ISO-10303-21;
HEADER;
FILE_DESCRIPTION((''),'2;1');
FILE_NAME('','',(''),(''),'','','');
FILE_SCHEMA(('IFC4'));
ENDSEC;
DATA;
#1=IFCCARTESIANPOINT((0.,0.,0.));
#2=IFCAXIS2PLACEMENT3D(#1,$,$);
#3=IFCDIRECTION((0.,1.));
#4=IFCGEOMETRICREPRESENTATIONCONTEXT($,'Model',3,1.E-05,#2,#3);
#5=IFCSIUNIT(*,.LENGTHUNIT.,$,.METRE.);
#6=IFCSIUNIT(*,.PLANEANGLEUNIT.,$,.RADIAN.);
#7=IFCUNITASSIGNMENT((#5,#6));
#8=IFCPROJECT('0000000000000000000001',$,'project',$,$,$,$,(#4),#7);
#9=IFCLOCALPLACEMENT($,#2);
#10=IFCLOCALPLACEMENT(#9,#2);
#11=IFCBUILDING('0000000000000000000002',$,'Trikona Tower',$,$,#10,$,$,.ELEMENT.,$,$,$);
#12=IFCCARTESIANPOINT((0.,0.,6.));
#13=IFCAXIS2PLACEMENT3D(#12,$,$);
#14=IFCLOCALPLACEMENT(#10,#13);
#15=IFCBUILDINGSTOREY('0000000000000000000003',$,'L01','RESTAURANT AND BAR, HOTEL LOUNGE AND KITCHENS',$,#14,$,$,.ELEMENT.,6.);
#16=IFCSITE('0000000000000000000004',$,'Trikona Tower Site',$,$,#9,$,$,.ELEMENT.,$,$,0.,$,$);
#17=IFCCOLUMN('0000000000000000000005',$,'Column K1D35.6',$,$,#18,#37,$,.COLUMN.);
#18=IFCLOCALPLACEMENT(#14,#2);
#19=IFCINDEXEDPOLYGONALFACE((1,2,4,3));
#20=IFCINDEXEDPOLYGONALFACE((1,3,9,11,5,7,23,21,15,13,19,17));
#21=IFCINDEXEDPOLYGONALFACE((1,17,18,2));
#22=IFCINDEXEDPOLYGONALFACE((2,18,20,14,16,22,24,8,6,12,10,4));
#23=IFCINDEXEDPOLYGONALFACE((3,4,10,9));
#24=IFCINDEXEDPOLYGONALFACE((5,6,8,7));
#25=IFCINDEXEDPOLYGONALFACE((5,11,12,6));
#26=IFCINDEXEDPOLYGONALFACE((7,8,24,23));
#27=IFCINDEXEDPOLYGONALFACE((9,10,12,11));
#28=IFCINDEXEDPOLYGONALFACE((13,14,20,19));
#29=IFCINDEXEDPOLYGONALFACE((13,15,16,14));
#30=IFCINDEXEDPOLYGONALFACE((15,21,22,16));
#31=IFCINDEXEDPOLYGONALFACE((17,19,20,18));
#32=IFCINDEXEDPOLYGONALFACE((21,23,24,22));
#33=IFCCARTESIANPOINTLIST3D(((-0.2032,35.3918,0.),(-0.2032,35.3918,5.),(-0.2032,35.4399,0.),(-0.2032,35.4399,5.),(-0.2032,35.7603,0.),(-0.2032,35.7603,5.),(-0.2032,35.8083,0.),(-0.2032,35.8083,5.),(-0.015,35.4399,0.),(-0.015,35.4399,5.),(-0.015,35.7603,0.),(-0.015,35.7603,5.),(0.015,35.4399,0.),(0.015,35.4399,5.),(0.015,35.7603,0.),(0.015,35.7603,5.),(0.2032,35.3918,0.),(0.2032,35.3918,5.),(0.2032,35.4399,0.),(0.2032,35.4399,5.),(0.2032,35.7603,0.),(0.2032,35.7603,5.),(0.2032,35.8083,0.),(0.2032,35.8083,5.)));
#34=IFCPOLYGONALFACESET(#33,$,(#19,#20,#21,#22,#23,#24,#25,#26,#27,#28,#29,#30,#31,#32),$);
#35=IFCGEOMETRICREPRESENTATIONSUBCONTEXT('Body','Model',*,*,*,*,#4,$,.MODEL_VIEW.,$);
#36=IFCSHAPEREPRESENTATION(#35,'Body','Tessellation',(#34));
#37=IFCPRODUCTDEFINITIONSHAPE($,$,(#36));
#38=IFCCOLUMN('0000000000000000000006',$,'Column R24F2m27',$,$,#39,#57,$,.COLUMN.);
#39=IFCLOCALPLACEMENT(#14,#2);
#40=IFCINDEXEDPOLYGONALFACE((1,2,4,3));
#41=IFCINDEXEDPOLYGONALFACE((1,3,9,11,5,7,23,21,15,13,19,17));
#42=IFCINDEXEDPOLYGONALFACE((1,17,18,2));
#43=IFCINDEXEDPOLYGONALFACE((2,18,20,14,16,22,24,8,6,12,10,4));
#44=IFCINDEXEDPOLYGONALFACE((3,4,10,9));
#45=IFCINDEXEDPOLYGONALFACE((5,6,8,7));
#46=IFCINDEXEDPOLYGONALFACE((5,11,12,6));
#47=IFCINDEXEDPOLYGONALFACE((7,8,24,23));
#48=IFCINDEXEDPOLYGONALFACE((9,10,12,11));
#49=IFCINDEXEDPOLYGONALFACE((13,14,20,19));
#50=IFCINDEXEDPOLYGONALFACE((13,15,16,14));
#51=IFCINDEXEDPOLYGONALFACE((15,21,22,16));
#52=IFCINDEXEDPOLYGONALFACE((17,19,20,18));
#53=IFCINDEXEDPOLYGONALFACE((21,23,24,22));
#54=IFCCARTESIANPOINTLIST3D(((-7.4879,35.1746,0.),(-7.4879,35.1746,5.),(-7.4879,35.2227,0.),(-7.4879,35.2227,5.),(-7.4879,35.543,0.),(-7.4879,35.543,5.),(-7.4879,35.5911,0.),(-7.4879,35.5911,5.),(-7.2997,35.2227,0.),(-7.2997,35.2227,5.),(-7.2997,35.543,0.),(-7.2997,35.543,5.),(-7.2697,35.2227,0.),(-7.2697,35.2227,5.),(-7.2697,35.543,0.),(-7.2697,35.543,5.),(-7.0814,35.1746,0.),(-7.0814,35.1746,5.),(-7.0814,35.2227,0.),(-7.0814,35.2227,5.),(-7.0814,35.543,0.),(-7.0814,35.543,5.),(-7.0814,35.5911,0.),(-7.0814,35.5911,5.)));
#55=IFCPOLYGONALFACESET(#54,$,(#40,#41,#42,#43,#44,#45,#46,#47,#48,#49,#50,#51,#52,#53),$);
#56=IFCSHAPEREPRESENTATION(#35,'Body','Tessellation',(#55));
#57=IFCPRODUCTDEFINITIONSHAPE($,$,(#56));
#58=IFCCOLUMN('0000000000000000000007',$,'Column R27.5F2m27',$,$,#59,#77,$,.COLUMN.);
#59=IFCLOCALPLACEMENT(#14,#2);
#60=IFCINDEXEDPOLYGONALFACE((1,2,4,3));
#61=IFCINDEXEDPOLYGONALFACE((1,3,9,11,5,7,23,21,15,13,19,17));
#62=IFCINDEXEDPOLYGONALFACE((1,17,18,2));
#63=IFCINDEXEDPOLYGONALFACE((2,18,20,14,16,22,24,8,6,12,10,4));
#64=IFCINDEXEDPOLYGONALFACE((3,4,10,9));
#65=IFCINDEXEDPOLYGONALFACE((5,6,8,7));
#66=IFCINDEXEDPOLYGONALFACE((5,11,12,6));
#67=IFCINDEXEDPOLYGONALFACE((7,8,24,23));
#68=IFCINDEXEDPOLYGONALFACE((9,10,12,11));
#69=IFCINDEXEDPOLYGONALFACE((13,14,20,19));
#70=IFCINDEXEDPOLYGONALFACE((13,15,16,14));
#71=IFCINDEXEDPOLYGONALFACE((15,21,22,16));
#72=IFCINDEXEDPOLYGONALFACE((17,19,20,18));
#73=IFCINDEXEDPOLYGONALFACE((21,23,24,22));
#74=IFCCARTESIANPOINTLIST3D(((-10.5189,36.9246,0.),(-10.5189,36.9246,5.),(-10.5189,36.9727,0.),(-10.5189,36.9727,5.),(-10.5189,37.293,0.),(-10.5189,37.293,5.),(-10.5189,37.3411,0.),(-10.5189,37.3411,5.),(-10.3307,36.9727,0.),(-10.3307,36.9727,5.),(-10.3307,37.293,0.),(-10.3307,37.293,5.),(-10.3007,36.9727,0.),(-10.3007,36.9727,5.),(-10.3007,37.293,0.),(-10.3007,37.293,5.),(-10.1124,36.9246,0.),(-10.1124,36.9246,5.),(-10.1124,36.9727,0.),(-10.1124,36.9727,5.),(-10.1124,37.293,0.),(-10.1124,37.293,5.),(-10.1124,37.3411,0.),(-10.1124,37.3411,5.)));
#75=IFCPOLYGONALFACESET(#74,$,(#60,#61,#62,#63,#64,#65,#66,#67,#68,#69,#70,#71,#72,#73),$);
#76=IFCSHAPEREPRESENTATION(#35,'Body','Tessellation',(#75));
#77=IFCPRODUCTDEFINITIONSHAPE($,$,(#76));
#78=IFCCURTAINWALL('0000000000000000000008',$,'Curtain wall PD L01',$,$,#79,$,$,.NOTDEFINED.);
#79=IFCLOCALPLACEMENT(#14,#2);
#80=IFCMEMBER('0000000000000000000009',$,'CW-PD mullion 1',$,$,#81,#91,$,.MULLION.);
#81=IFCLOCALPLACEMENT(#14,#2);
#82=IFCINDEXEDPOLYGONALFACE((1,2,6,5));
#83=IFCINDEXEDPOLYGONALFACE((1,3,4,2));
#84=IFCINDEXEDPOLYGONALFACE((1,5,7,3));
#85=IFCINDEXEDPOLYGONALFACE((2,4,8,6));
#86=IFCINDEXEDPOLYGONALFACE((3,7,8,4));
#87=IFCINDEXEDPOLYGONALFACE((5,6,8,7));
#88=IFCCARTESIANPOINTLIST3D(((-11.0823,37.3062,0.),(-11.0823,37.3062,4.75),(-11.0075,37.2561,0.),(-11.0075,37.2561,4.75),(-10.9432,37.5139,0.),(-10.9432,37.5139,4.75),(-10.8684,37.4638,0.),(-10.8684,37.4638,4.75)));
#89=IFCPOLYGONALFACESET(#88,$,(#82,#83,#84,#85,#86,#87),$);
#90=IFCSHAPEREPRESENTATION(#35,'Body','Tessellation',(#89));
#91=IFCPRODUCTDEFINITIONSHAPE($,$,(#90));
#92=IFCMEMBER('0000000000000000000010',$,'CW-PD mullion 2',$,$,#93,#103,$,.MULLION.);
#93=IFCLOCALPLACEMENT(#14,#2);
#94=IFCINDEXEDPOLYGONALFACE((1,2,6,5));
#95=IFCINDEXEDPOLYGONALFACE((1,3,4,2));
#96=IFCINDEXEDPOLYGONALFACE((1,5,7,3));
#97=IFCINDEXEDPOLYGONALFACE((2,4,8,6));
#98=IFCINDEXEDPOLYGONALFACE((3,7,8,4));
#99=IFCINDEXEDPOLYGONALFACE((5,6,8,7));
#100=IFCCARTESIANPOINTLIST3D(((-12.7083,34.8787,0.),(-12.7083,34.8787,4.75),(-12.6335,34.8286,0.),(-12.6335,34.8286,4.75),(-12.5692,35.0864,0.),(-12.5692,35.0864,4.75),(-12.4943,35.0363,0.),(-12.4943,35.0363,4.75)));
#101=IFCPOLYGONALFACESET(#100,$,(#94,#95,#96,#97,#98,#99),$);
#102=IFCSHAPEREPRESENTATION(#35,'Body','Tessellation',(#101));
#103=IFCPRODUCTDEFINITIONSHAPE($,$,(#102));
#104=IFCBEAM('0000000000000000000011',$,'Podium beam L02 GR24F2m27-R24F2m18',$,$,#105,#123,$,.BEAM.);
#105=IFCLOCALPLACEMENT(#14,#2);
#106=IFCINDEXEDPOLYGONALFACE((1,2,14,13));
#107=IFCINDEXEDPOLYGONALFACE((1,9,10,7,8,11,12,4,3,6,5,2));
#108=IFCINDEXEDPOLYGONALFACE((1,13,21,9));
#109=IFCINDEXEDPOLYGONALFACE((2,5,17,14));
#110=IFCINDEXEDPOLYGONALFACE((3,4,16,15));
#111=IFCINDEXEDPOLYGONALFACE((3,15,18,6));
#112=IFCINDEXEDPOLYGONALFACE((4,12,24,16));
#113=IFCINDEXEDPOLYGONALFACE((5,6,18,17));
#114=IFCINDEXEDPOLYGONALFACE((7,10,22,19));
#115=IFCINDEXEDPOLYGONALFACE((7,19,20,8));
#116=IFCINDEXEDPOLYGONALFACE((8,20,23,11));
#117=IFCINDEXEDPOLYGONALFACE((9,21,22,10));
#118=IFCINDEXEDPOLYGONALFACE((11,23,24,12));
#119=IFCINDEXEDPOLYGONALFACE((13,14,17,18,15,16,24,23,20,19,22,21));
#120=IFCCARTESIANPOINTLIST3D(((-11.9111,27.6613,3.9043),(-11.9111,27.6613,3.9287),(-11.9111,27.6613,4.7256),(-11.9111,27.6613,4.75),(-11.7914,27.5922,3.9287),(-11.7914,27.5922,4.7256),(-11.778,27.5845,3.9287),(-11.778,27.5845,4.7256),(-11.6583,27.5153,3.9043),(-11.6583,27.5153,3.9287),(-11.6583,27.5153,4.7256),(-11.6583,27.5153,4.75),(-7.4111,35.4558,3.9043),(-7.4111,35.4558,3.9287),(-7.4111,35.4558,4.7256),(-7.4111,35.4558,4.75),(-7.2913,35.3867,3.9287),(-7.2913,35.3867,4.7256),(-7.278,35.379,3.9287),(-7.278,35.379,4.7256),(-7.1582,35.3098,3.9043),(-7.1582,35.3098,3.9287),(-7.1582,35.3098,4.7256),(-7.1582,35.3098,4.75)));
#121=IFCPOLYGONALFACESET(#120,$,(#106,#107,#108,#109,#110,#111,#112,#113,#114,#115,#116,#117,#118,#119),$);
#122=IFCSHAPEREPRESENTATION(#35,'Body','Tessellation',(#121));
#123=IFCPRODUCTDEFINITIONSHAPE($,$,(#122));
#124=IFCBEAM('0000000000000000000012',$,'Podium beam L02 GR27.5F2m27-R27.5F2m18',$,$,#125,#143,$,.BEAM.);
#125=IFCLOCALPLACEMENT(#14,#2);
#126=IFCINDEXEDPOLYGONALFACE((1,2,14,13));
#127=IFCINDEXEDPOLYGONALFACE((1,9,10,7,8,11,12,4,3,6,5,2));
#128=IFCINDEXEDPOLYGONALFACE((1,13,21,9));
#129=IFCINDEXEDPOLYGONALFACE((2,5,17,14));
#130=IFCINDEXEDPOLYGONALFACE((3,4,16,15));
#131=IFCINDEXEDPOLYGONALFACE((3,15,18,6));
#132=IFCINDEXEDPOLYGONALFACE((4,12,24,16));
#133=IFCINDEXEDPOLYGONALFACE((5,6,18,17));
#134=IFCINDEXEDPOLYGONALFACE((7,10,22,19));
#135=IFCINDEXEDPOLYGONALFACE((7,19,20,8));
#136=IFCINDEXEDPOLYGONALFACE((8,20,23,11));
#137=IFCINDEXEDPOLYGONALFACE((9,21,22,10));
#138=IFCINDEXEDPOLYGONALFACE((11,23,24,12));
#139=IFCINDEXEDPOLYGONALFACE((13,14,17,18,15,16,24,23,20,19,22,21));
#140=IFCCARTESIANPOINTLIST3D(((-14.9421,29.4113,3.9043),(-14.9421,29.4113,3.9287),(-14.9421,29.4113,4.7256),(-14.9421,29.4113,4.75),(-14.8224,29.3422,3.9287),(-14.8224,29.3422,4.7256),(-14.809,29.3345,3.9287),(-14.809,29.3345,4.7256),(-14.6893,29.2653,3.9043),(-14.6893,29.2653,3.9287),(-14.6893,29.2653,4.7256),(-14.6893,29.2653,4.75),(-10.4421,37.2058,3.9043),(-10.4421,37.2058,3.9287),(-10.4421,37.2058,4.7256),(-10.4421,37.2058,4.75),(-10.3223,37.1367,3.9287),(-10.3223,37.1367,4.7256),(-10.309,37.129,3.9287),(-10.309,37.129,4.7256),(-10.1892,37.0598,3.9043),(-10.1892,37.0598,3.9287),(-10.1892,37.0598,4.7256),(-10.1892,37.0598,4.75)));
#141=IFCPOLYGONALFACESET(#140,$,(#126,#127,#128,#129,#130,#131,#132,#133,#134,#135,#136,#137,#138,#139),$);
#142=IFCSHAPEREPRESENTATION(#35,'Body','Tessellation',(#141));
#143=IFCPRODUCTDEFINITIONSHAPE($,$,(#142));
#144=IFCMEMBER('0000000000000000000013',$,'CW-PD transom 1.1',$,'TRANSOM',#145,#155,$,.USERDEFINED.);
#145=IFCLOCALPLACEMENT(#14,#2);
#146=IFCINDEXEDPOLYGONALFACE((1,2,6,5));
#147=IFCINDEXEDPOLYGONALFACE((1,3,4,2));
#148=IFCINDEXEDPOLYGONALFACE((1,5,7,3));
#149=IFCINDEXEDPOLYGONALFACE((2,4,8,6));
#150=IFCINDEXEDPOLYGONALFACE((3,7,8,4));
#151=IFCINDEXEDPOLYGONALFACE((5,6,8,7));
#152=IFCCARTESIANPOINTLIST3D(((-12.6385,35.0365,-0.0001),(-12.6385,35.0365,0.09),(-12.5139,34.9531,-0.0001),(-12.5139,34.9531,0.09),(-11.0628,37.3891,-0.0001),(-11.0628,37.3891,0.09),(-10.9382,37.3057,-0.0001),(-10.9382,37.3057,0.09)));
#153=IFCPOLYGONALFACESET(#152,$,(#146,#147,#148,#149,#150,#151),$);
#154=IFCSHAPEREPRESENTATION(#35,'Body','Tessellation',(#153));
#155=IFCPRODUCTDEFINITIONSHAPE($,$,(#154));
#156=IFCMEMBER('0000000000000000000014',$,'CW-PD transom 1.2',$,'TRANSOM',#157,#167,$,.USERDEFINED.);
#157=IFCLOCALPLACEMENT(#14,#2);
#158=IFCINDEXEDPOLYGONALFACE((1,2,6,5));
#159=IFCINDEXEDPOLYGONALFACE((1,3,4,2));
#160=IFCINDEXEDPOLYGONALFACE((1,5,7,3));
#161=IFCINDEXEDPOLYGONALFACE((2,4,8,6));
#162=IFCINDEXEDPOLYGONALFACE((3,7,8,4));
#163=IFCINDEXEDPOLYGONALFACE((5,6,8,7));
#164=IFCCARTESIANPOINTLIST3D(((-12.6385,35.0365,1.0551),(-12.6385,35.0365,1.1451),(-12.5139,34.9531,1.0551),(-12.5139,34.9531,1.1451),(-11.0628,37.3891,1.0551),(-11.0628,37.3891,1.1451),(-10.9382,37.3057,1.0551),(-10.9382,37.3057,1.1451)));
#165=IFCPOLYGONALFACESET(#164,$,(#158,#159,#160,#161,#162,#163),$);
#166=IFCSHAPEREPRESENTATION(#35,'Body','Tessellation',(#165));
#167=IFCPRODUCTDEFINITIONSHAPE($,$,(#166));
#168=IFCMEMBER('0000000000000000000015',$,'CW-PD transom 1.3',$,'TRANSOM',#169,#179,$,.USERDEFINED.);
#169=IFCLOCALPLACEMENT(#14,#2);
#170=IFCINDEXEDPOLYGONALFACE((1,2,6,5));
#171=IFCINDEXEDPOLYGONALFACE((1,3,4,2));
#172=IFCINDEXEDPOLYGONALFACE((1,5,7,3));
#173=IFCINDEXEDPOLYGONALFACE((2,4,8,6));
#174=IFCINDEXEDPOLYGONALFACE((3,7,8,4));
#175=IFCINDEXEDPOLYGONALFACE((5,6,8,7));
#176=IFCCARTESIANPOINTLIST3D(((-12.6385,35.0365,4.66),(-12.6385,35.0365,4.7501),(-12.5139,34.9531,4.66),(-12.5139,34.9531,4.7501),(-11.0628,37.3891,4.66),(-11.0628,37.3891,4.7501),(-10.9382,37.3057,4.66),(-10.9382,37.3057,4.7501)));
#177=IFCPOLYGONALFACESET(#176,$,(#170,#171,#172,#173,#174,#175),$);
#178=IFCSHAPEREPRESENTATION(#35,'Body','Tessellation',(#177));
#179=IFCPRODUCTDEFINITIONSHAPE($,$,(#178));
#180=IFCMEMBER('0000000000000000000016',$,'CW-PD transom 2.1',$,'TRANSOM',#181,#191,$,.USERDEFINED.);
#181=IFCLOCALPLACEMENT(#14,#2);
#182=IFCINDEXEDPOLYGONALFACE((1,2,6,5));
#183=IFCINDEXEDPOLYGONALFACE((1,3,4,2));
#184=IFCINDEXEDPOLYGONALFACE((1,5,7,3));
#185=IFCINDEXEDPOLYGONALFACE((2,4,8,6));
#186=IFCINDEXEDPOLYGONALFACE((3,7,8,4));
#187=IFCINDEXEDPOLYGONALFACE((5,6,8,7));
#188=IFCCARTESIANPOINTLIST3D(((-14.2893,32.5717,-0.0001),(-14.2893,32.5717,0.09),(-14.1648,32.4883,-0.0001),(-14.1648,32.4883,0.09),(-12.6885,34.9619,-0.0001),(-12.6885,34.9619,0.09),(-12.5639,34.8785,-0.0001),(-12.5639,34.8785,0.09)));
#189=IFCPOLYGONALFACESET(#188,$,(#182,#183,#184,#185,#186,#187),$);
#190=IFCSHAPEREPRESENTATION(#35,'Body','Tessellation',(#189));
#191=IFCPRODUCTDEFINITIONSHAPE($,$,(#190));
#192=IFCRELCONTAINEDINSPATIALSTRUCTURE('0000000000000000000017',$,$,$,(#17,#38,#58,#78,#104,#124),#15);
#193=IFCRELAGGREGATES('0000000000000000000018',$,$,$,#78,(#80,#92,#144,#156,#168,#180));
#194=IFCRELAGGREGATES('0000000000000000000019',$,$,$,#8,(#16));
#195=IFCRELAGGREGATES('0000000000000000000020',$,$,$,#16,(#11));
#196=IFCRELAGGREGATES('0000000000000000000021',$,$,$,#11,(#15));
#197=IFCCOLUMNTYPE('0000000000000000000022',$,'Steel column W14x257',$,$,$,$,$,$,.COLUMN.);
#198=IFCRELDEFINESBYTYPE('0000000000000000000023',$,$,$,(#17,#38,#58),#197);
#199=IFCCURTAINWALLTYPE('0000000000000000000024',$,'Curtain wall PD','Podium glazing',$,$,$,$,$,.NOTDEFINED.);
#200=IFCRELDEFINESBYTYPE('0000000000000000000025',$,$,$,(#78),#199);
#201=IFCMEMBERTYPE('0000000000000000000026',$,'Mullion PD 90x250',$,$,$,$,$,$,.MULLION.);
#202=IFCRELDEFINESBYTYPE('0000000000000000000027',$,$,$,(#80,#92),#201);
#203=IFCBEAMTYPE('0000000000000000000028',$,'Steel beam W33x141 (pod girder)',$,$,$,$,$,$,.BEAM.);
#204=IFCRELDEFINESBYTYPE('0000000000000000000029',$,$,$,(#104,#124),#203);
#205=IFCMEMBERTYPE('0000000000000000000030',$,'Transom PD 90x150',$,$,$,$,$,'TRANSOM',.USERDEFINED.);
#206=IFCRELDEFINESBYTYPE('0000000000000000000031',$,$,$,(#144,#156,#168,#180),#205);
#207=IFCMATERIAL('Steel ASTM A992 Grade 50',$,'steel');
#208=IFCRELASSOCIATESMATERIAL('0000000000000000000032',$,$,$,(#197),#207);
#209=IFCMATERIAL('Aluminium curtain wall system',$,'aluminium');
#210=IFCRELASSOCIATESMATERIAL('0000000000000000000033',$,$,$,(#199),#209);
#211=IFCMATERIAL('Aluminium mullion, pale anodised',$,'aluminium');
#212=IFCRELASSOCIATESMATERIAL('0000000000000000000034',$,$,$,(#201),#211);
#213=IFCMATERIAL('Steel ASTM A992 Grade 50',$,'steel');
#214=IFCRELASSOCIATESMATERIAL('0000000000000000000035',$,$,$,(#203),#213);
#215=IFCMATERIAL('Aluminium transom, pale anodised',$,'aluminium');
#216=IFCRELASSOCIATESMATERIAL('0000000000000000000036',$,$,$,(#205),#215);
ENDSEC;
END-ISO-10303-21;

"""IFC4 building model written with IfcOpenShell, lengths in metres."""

from ifc_helpers import new_model, si_unit, direction, frame, origin, origin_2d, place, context, subcontext, project, spatial, rectangle, i_section, extrude, material, material_profile, profile_set, type_object, element, aggregate, save


model = new_model("IFC4")

# Units and contexts
model_context = context("Model", 3, precision=1e-05, world=origin(), true_north=direction((0.0, 1.0)))
body_context = subcontext(model_context, "Body", "Model", "MODEL_VIEW")
ifc_project = project(units=[si_unit("LENGTHUNIT", "METRE"), si_unit("PLANEANGLEUNIT", "RADIAN")], contexts=[model_context])

# Site, building, storey
site_placement = place(None, origin())
site = spatial("IfcSite", under=ifc_project, at=site_placement, Name="Trikona Tower Site", CompositionType="ELEMENT", RefElevation=0.0)
building_placement = place(site_placement, origin())
building = spatial("IfcBuilding", under=site, at=building_placement, Name="Trikona Tower", CompositionType="ELEMENT")
storey_placement = place(building_placement, frame((0.0, 0.0, 6.0)))
storey = spatial("IfcBuildingStorey", under=building, at=storey_placement, Name="L01", Description="RESTAURANT AND BAR, HOTEL LOUNGE AND KITCHENS", CompositionType="ELEMENT", Elevation=6.0)

# Columns
ifc_material_1 = material(Name="Steel ASTM A992 Grade 50", Category="steel")
ifc_material_profile_1 = material_profile(ifc_material_1, i_section(OverallWidth=0.4065, OverallDepth=0.4165, WebThickness=0.03, FlangeThickness=0.0481, at=origin_2d()), Name="W14X257")
ifc_profile_set_1 = profile_set([ifc_material_profile_1], Name="Steel ASTM A992 Grade 50")
column_type = type_object("IfcColumnType", Name="Steel column W14x257", PredefinedType="COLUMN", material=ifc_profile_set_1)
for number, where, z_axis, x_axis, name in (
    (1, (0.0, 35.6001, 0.0), (0.0, 0.0, 1.0), (1.0, 0.0, 0.0), "Column K1D35.6"),
    (2, (-7.2847, 35.3828, 0.0), (0.0, 0.0, 1.0), (1.0, 0.0, 0.0), "Column R24F2m27"),
    (3, (-10.3157, 37.1328, 0.0), (0.0, 0.0, 1.0), (1.0, 0.0, 0.0), "Column R27.5F2m27"),
):
    element("IfcColumn", number, at=place(storey_placement, frame(where, z_axis=z_axis, x_axis=x_axis)), inside=storey, type_object=column_type, Name=name, PredefinedType="COLUMN", context=body_context, shape_type="SweptSolid", body=[
        extrude(i_section(OverallWidth=0.4065, OverallDepth=0.4165, WebThickness=0.03, FlangeThickness=0.0481, at=origin_2d()), origin(), (0.0, 0.0, 1.0), 5.0),
    ])

# Curtain wall, members
ifc_material_2 = material(Name="Aluminium curtain wall system", Category="aluminium")
curtain_wall_type = type_object("IfcCurtainWallType", Name="Curtain wall PD", Description="Podium glazing", PredefinedType="NOTDEFINED", material=ifc_material_2)
curtain_wall_placement = place(storey_placement, origin())
curtain_wall = element("IfcCurtainWall", 4, at=curtain_wall_placement, inside=storey, type_object=curtain_wall_type, Name="Curtain wall PD L01", PredefinedType="NOTDEFINED")
ifc_material_3 = material(Name="Aluminium mullion, pale anodised", Category="aluminium")
ifc_material_profile_2 = material_profile(ifc_material_3, rectangle(XDim=0.0901, YDim=0.25, at=origin_2d()), Name="MUL-PD")
ifc_profile_set_2 = profile_set([ifc_material_profile_2], Name="Aluminium mullion, pale anodised")
member_type_1 = type_object("IfcMemberType", Name="Mullion PD 90x250", PredefinedType="MULLION", material=ifc_profile_set_2)
member_1_placement = place(storey_placement, frame((-10.9753, 37.385, 0.0), z_axis=(0.0, 0.0, 1.0), x_axis=(0.830852, -0.556493, 0.0)))
member_1 = element("IfcMember", 5, at=member_1_placement, type_object=member_type_1, Name="CW-PD mullion 1", PredefinedType="MULLION", context=body_context, shape_type="SweptSolid", body=[
    extrude(rectangle(XDim=0.0901, YDim=0.25, at=origin_2d()), origin(), (0.0, 0.0, 1.0), 4.75),
])
member_2_placement = place(storey_placement, frame((-12.6013, 34.9575, 0.0), z_axis=(0.0, 0.0, 1.0), x_axis=(0.830852, -0.556493, 0.0)))
member_2 = element("IfcMember", 6, at=member_2_placement, type_object=member_type_1, Name="CW-PD mullion 2", PredefinedType="MULLION", context=body_context, shape_type="SweptSolid", body=[
    extrude(rectangle(XDim=0.0901, YDim=0.25, at=origin_2d()), origin(), (0.0, 0.0, 1.0), 4.75),
])

# Beams
ifc_material_4 = material(Name="Steel ASTM A992 Grade 50", Category="steel")
ifc_material_profile_3 = material_profile(ifc_material_4, i_section(OverallWidth=0.292, OverallDepth=0.8457, WebThickness=0.0154, FlangeThickness=0.0244, at=origin_2d()), Name="W33X141")
ifc_profile_set_3 = profile_set([ifc_material_profile_3], Name="Steel ASTM A992 Grade 50")
beam_type = type_object("IfcBeamType", Name="Steel beam W33x141 (pod girder)", PredefinedType="BEAM", material=ifc_profile_set_3)
for number, where, z_axis, x_axis, name in (
    (7, (-7.2847, 35.3828, 4.3271), (-0.49999, -0.866031, 0.0), (0.866031, -0.49999, 0.0), "Podium beam L02 GR24F2m27-R24F2m18"),
    (8, (-10.3157, 37.1328, 4.3271), (-0.49999, -0.866031, 0.0), (0.866031, -0.49999, 0.0), "Podium beam L02 GR27.5F2m27-R27.5F2m18"),
):
    element("IfcBeam", number, at=place(storey_placement, frame(where, z_axis=z_axis, x_axis=x_axis)), inside=storey, type_object=beam_type, Name=name, PredefinedType="BEAM", context=body_context, shape_type="SweptSolid", body=[
        extrude(i_section(OverallWidth=0.292, OverallDepth=0.8457, WebThickness=0.0154, FlangeThickness=0.0244, at=origin_2d()), origin(), (0.0, 0.0, 1.0), 9.0002),
    ])

# Members
ifc_material_5 = material(Name="Aluminium transom, pale anodised", Category="aluminium")
ifc_material_profile_4 = material_profile(ifc_material_5, rectangle(XDim=0.1499, YDim=0.0901, at=origin_2d()), Name="TRN-PD")
ifc_profile_set_4 = profile_set([ifc_material_profile_4], Name="Aluminium transom, pale anodised")
member_type_2 = type_object("IfcMemberType", Name="Transom PD 90x150", ElementType="TRANSOM", PredefinedType="USERDEFINED", material=ifc_profile_set_4)
member_3_placement = place(storey_placement, frame((-11.0005, 37.3474, 0.0449), z_axis=(-0.55649, -0.830854, 0.0), x_axis=(0.830854, -0.55649, 0.0)))
member_3 = element("IfcMember", 9, at=member_3_placement, type_object=member_type_2, Name="CW-PD transom 1.1", ObjectType="TRANSOM", PredefinedType="USERDEFINED", context=body_context, shape_type="SweptSolid", body=[
    extrude(rectangle(XDim=0.1499, YDim=0.0901, at=origin_2d()), origin(), (0.0, 0.0, 1.0), 2.8315),
])
member_4_placement = place(storey_placement, frame((-11.0005, 37.3474, 1.1001), z_axis=(-0.55649, -0.830854, 0.0), x_axis=(0.830854, -0.55649, 0.0)))
member_4 = element("IfcMember", 10, at=member_4_placement, type_object=member_type_2, Name="CW-PD transom 1.2", ObjectType="TRANSOM", PredefinedType="USERDEFINED", context=body_context, shape_type="SweptSolid", body=[
    extrude(rectangle(XDim=0.1499, YDim=0.0901, at=origin_2d()), origin(), (0.0, 0.0, 1.0), 2.8315),
])
member_5_placement = place(storey_placement, frame((-11.0005, 37.3474, 4.7051), z_axis=(-0.55649, -0.830854, 0.0), x_axis=(0.830854, -0.55649, 0.0)))
member_5 = element("IfcMember", 11, at=member_5_placement, type_object=member_type_2, Name="CW-PD transom 1.3", ObjectType="TRANSOM", PredefinedType="USERDEFINED", context=body_context, shape_type="SweptSolid", body=[
    extrude(rectangle(XDim=0.1499, YDim=0.0901, at=origin_2d()), origin(), (0.0, 0.0, 1.0), 2.8315),
])
member_6_placement = place(storey_placement, frame((-12.6262, 34.9202, 0.0449), z_axis=(-0.556481, -0.83086, 0.0), x_axis=(0.83086, -0.556481, 0.0)))
member_6 = element("IfcMember", 12, at=member_6_placement, type_object=member_type_2, Name="CW-PD transom 2.1", ObjectType="TRANSOM", PredefinedType="USERDEFINED", context=body_context, shape_type="SweptSolid", body=[
    extrude(rectangle(XDim=0.1499, YDim=0.0901, at=origin_2d()), origin(), (0.0, 0.0, 1.0), 2.8767),
])

aggregate(curtain_wall, [member_1, member_2, member_3, member_4, member_5, member_6])

save(model, "model.ifc")
